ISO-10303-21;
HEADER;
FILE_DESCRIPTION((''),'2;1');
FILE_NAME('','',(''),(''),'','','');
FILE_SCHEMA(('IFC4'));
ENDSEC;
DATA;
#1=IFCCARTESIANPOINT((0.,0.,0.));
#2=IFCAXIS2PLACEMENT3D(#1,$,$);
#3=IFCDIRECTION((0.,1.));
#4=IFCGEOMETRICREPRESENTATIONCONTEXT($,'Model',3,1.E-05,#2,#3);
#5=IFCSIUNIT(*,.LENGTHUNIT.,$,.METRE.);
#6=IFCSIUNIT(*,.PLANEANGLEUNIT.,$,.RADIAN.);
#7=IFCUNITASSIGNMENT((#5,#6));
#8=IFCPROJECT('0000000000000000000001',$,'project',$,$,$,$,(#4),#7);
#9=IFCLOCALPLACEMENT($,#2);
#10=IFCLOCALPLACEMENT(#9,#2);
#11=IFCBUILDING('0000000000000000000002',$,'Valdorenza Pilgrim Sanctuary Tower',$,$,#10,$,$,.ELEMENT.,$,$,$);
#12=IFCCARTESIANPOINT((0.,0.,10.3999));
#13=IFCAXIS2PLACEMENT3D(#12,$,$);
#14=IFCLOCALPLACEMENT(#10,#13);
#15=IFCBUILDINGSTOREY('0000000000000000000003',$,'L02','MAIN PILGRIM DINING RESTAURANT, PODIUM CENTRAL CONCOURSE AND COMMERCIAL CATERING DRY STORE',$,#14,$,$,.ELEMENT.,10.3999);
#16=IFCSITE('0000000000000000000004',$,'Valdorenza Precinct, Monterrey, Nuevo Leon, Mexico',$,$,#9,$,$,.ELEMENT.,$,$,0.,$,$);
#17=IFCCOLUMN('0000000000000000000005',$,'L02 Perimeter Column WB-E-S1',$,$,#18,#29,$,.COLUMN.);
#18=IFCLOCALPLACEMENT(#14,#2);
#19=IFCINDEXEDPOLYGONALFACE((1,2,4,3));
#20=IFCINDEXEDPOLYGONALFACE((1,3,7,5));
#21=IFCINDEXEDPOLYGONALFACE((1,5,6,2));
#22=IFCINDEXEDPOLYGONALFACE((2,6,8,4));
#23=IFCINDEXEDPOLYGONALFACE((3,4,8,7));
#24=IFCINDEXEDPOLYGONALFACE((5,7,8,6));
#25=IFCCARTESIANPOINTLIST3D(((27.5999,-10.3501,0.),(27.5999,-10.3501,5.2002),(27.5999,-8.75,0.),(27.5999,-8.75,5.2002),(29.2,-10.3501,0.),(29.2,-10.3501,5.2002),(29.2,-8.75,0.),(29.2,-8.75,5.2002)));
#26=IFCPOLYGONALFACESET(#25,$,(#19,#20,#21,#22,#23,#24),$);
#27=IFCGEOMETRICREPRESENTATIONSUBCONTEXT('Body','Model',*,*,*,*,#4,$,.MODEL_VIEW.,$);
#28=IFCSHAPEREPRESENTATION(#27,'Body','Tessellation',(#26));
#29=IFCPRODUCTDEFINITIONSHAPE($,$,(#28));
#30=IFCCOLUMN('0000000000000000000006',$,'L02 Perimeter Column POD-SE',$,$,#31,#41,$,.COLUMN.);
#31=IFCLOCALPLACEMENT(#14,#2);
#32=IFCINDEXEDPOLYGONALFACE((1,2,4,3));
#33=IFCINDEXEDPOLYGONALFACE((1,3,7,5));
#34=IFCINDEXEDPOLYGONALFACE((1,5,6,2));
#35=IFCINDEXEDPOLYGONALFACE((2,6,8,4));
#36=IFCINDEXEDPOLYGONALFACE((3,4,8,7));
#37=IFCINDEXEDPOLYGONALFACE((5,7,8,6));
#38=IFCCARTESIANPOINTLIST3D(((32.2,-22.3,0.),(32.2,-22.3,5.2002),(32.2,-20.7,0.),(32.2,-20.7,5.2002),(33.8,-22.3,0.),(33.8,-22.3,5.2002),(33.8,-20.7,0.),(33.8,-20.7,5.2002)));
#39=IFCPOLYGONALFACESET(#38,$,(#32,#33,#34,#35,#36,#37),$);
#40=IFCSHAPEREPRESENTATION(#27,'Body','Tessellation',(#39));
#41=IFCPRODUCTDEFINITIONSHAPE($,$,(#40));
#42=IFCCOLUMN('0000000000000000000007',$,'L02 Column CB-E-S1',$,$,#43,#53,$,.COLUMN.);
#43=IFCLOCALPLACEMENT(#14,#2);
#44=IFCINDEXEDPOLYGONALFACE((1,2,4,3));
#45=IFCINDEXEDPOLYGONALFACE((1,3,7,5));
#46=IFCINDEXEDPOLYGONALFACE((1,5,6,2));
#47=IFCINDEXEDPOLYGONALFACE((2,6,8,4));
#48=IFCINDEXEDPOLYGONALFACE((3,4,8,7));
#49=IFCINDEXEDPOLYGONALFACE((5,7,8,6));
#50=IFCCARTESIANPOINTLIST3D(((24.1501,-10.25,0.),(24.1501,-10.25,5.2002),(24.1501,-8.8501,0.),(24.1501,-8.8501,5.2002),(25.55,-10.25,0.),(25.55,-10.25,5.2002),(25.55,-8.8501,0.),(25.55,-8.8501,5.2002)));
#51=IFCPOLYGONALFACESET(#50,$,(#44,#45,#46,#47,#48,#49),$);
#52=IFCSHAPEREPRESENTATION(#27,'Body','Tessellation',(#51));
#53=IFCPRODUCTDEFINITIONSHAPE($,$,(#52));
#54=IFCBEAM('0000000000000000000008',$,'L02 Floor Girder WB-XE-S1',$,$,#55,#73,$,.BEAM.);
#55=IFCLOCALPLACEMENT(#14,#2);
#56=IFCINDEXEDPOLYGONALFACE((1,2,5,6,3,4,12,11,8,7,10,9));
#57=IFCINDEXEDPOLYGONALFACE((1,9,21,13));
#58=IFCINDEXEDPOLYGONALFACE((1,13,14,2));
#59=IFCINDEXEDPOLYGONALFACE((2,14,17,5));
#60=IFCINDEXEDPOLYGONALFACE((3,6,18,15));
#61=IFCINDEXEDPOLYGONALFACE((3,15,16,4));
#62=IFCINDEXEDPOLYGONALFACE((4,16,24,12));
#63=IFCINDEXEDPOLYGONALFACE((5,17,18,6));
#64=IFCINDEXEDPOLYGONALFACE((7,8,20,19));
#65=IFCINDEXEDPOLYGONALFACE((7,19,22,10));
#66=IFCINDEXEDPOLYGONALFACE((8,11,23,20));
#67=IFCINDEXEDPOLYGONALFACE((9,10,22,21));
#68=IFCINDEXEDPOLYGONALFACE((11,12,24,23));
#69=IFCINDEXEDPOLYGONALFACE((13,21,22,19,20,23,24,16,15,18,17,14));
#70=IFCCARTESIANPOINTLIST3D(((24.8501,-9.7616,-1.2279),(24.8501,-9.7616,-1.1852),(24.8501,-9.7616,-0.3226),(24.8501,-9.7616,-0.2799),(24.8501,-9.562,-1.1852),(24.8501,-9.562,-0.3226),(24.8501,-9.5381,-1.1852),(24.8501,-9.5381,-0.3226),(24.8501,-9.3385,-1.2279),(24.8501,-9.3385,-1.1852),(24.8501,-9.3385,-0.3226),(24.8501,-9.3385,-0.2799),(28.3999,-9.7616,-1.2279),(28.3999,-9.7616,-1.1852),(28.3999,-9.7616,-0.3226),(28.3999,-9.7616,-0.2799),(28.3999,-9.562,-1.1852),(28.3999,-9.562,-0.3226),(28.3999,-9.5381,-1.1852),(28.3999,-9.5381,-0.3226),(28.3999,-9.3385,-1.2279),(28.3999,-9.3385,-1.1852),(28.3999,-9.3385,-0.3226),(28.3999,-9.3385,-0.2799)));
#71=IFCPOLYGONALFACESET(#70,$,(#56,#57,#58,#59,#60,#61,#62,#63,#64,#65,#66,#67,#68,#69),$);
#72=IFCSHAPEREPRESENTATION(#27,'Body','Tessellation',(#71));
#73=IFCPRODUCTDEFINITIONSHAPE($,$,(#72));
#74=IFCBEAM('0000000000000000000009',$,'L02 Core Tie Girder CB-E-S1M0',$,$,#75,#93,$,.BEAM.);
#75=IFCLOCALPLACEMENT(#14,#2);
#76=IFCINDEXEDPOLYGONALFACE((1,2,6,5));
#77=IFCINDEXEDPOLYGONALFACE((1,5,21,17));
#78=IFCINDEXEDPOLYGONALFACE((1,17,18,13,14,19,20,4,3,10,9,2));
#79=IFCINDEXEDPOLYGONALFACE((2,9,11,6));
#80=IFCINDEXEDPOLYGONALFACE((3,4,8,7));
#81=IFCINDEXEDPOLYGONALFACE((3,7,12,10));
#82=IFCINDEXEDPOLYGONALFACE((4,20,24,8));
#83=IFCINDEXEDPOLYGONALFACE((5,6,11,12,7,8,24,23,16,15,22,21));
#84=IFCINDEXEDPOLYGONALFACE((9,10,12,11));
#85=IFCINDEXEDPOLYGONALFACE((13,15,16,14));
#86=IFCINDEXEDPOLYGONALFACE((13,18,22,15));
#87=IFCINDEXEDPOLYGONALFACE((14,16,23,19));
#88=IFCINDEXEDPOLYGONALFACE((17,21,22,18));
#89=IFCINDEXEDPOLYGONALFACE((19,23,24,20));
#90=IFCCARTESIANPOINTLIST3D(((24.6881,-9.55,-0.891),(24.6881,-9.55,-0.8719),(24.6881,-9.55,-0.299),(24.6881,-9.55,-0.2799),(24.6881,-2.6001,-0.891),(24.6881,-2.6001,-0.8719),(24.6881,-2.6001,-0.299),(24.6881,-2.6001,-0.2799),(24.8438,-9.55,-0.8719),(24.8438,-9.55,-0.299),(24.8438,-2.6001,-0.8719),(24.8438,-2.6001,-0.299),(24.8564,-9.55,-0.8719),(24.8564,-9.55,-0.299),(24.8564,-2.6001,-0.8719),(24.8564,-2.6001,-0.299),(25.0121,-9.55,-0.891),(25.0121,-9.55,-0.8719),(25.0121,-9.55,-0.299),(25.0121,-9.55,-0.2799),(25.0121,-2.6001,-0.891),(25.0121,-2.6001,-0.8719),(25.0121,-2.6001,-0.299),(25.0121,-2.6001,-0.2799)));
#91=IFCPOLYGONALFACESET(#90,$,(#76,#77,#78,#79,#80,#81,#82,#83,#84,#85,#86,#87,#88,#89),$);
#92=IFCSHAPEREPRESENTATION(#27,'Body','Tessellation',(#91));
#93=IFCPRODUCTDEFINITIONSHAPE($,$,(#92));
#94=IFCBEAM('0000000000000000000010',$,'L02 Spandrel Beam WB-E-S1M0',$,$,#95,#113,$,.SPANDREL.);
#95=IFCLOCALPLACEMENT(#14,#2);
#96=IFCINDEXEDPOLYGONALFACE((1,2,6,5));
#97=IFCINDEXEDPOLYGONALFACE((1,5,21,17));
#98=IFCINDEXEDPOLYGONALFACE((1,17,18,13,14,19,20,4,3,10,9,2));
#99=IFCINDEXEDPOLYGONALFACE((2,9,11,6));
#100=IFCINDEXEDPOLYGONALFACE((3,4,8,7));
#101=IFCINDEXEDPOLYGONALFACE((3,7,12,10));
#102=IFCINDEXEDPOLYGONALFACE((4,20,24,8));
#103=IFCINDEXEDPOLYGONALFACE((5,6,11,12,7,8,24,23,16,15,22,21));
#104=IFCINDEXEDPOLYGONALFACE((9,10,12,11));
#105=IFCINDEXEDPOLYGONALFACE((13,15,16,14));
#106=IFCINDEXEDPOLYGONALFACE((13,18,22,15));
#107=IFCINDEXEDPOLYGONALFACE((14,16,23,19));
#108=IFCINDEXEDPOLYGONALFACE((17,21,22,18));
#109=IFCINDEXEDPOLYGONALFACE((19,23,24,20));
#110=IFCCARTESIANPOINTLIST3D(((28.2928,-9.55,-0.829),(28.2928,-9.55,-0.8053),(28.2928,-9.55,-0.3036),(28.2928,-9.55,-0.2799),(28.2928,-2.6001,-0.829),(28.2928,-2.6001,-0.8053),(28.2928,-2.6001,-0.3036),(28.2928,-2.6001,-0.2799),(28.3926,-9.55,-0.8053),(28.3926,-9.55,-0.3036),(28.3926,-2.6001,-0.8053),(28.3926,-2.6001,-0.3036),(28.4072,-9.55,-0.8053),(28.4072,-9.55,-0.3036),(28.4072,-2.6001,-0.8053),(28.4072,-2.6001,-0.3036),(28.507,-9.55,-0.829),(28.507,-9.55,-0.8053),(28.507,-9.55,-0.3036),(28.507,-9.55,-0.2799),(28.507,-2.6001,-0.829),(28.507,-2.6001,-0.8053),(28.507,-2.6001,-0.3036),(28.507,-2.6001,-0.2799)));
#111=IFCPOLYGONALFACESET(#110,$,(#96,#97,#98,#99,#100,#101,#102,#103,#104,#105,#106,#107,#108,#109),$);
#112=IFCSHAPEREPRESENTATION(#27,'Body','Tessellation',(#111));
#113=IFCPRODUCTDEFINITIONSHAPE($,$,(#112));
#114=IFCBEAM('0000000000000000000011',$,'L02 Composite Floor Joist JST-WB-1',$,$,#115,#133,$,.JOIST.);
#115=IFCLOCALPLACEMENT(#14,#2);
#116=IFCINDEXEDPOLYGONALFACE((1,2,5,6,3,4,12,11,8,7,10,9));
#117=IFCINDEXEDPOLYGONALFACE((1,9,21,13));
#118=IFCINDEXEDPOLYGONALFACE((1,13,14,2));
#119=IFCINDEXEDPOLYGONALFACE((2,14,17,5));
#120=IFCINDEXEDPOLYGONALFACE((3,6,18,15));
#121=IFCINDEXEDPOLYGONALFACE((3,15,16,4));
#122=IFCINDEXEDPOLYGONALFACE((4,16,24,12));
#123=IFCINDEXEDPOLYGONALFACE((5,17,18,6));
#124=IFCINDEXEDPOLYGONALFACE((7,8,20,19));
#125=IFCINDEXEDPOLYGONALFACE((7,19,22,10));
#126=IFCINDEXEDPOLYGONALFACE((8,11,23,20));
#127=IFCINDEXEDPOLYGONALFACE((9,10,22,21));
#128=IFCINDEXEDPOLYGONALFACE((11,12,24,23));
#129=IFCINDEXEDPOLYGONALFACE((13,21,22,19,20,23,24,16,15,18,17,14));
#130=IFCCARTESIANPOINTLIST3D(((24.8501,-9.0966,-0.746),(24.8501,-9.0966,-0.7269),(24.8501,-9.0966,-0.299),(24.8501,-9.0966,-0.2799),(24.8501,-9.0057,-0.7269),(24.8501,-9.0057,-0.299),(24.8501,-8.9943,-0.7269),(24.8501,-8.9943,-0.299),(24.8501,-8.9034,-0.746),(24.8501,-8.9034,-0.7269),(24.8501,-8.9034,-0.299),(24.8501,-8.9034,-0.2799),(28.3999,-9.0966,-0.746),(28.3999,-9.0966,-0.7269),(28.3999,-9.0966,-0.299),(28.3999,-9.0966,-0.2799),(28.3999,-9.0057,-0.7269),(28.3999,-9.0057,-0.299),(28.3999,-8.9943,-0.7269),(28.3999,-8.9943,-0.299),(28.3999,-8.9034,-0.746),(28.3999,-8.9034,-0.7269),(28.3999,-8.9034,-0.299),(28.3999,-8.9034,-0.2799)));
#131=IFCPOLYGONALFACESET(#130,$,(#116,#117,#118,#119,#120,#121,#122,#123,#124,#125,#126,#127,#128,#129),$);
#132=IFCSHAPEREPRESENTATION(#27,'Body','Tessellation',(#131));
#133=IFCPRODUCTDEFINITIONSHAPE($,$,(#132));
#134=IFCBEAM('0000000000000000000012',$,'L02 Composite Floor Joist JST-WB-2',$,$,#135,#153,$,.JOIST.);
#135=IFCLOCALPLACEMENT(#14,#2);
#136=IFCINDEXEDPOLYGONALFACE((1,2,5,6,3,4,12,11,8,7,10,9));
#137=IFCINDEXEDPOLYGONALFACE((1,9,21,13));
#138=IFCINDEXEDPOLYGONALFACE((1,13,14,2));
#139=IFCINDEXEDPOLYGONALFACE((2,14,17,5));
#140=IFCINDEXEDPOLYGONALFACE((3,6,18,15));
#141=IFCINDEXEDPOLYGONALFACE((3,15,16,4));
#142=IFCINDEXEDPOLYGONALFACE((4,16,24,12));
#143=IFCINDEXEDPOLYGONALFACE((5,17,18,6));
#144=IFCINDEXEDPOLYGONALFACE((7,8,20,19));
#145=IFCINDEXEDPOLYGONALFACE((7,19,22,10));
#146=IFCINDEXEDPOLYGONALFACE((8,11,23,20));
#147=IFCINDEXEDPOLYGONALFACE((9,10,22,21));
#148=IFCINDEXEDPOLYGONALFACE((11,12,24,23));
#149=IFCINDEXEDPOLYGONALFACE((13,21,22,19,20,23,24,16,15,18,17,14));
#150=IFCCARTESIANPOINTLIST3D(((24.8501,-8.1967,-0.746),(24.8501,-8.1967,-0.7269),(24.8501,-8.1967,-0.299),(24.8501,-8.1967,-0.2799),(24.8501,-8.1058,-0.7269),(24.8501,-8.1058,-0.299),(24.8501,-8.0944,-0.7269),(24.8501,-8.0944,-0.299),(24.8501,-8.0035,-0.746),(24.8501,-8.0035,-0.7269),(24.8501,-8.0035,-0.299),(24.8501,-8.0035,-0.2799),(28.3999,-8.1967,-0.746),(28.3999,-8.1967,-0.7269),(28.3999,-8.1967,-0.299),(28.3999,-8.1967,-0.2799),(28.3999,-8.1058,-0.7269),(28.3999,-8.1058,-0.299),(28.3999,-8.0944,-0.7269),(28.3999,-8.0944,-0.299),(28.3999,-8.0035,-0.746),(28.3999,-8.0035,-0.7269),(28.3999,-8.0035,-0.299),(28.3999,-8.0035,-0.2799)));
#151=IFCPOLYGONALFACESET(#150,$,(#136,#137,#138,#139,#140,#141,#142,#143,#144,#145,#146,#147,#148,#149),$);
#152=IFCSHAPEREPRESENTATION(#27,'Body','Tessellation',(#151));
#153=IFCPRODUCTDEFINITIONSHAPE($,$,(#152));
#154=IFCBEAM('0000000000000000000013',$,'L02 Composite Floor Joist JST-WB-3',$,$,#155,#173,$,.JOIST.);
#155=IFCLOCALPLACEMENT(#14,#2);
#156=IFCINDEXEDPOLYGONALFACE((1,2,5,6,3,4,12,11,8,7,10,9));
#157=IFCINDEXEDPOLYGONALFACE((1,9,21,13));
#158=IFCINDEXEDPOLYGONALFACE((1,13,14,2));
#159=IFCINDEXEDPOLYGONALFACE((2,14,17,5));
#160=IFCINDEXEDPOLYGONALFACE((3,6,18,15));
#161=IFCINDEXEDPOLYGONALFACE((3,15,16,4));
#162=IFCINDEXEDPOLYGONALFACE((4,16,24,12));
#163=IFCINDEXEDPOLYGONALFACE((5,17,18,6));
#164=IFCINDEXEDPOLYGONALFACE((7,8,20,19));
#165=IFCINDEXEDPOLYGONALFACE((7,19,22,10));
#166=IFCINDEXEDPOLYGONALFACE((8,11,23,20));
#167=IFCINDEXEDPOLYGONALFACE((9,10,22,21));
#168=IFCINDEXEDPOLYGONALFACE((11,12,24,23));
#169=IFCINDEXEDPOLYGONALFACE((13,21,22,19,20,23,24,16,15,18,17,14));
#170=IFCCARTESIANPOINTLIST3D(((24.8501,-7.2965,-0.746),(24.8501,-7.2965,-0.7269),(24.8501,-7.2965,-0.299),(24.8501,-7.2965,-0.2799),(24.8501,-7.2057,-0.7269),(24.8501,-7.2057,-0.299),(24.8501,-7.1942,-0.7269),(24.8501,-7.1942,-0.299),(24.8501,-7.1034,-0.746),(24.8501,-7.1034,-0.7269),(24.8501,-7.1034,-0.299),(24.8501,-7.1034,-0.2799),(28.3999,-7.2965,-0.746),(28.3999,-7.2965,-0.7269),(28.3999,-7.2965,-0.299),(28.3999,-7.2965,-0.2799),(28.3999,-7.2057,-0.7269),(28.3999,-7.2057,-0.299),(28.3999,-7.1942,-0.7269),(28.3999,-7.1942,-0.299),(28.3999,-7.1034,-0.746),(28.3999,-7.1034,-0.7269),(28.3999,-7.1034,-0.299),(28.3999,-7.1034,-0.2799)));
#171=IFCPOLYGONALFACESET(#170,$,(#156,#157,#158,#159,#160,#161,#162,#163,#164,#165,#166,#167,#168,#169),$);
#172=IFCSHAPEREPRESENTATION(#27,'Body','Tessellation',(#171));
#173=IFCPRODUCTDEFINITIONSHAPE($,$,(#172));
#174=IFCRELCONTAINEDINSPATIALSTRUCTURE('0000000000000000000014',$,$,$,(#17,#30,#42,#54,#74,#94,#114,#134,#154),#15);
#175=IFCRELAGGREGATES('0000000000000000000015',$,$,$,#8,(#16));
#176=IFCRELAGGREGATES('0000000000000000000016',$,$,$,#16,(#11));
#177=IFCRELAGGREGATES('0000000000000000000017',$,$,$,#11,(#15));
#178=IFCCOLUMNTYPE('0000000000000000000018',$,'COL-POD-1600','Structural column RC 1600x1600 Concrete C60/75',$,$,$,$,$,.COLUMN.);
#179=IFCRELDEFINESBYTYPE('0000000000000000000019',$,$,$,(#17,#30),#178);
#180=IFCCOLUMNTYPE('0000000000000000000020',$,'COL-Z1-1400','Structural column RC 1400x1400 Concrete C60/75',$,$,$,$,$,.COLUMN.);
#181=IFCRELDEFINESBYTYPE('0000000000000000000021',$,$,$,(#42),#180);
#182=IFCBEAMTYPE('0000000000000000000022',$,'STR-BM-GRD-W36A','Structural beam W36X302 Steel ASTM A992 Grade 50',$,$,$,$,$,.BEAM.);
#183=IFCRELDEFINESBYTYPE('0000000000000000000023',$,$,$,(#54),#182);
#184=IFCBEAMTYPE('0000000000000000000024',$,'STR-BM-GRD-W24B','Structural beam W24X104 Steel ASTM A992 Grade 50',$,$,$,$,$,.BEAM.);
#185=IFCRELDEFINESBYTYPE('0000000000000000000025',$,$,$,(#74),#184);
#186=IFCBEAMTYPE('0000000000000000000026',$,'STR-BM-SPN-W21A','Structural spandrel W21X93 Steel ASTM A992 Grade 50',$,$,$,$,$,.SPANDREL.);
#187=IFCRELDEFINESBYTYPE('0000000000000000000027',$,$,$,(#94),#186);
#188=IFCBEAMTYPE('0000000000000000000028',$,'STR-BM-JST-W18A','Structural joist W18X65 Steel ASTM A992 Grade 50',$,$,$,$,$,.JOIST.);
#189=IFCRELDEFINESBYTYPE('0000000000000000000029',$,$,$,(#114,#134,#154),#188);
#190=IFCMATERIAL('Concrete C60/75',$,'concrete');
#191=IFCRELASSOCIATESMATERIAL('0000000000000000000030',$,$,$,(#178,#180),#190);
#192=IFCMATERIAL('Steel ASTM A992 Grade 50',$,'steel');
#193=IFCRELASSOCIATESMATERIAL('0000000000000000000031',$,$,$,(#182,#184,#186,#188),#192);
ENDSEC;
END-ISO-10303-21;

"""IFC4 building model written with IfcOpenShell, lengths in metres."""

from ifc_helpers import new_model, si_unit, direction, frame, origin, origin_2d, place, context, subcontext, project, spatial, rectangle, i_section, extrude, source, transform, mapped, material, material_profile, profile_set, type_object, element, save


model = new_model("IFC4")

# Units and contexts
model_context = context("Model", 3, precision=1e-05, world=origin(), true_north=direction((0.0, 1.0)))
body_context = subcontext(model_context, "Body", "Model", "MODEL_VIEW")
ifc_project = project(units=[si_unit("LENGTHUNIT", "METRE"), si_unit("PLANEANGLEUNIT", "RADIAN")], contexts=[model_context])

# Site, building, storey
site_placement = place(None, origin())
site = spatial("IfcSite", under=ifc_project, at=site_placement, Name="Valdorenza Precinct, Monterrey, Nuevo Leon, Mexico", CompositionType="ELEMENT", RefElevation=0.0)
building_placement = place(site_placement, origin())
building = spatial("IfcBuilding", under=site, at=building_placement, Name="Valdorenza Pilgrim Sanctuary Tower", CompositionType="ELEMENT")
storey_placement = place(building_placement, frame((0.0, 0.0, 10.3999)))
storey = spatial("IfcBuildingStorey", under=building, at=storey_placement, Name="L02", Description="MAIN PILGRIM DINING RESTAURANT, PODIUM CENTRAL CONCOURSE AND COMMERCIAL CATERING DRY STORE", CompositionType="ELEMENT", Elevation=10.3999)

# Columns
ifc_material_1 = material(Name="Concrete C60/75", Category="concrete")
ifc_material_profile_1 = material_profile(ifc_material_1, rectangle(XDim=1.6001, YDim=1.6001, at=origin_2d()), Name="RC 1600x1600")
ifc_profile_set_1 = profile_set([ifc_material_profile_1], Name="Concrete C60/75")
column_type_1 = type_object("IfcColumnType", Name="COL-POD-1600", Description="Structural column RC 1600x1600 Concrete C60/75", PredefinedType="COLUMN", material=ifc_profile_set_1)
shared_shape_1 = source(origin(), body_context, "Body", "SweptSolid", [
    extrude(rectangle(XDim=1.6001, YDim=1.6001, at=origin_2d()), origin(), (0.0, 0.0, 1.0), 5.2002),
])
for number, where, z_axis, x_axis, name in (
    (1, (28.3999, -9.55, 0.0), (0.0, 0.0, 1.0), (1.0, 0.0, 0.0), "L02 Perimeter Column WB-E-S1"),
    (2, (33.0, -21.5, 0.0), (0.0, 0.0, 1.0), (1.0, 0.0, 0.0), "L02 Perimeter Column POD-SE"),
):
    element("IfcColumn", number, at=place(storey_placement, frame(where, z_axis=z_axis, x_axis=x_axis)), inside=storey, type_object=column_type_1, Name=name, PredefinedType="COLUMN", context=body_context, shape_type="MappedRepresentation", body=[
        mapped(shared_shape_1, transform((0.0, 0.0, 0.0), x_axis=(1.0, 0.0, 0.0), y_axis=(0.0, 1.0, 0.0), z_axis=(0.0, 0.0, 1.0), scale=1.0)),
    ])
ifc_material_profile_2 = material_profile(ifc_material_1, rectangle(XDim=1.3999, YDim=1.3999, at=origin_2d()), Name="RC 1400x1400")
ifc_profile_set_2 = profile_set([ifc_material_profile_2], Name="Concrete C60/75")
column_type_2 = type_object("IfcColumnType", Name="COL-Z1-1400", Description="Structural column RC 1400x1400 Concrete C60/75", PredefinedType="COLUMN", material=ifc_profile_set_2)
shared_shape_2 = source(origin(), body_context, "Body", "SweptSolid", [
    extrude(rectangle(XDim=1.3999, YDim=1.3999, at=origin_2d()), origin(), (0.0, 0.0, 1.0), 5.2002),
])
column_placement = place(storey_placement, frame((24.8501, -9.55, 0.0), z_axis=(0.0, 0.0, 1.0), x_axis=(1.0, 0.0, 0.0)))
element("IfcColumn", 3, at=column_placement, inside=storey, type_object=column_type_2, Name="L02 Column CB-E-S1", PredefinedType="COLUMN", context=body_context, shape_type="MappedRepresentation", body=[
    mapped(shared_shape_2, transform((0.0, 0.0, 0.0), x_axis=(1.0, 0.0, 0.0), y_axis=(0.0, 1.0, 0.0), z_axis=(0.0, 0.0, 1.0), scale=1.0)),
])

# Beams
ifc_material_2 = material(Name="Steel ASTM A992 Grade 50", Category="steel")
ifc_material_profile_3 = material_profile(ifc_material_2, i_section(OverallWidth=0.4231, OverallDepth=0.948, WebThickness=0.0239, FlangeThickness=0.0427, at=origin_2d()), Name="W36X302")
ifc_profile_set_3 = profile_set([ifc_material_profile_3], Name="Steel ASTM A992 Grade 50")
beam_type_1 = type_object("IfcBeamType", Name="STR-BM-GRD-W36A", Description="Structural beam W36X302 Steel ASTM A992 Grade 50", PredefinedType="BEAM", material=ifc_profile_set_3)
shared_shape_3 = source(origin(), body_context, "Body", "SweptSolid", [
    extrude(i_section(OverallWidth=0.4231, OverallDepth=0.948, WebThickness=0.0239, FlangeThickness=0.0427, at=origin_2d()), origin(), (0.0, 0.0, 1.0), 3.5498),
])
beam_1_placement = place(storey_placement, frame((24.8501, -9.55, -0.7539), z_axis=(1.0, 0.0, 0.0), x_axis=(0.0, 1.0, 0.0)))
element("IfcBeam", 4, at=beam_1_placement, inside=storey, type_object=beam_type_1, Name="L02 Floor Girder WB-XE-S1", PredefinedType="BEAM", context=body_context, shape_type="MappedRepresentation", body=[
    mapped(shared_shape_3, transform((0.0, 0.0, 0.0), x_axis=(1.0, 0.0, 0.0), y_axis=(0.0, 1.0, 0.0), z_axis=(0.0, 0.0, 1.0), scale=1.0)),
])
ifc_material_profile_4 = material_profile(ifc_material_2, i_section(OverallWidth=0.324, OverallDepth=0.6111, WebThickness=0.0127, FlangeThickness=0.019, at=origin_2d()), Name="W24X104")
ifc_profile_set_4 = profile_set([ifc_material_profile_4], Name="Steel ASTM A992 Grade 50")
beam_type_2 = type_object("IfcBeamType", Name="STR-BM-GRD-W24B", Description="Structural beam W24X104 Steel ASTM A992 Grade 50", PredefinedType="BEAM", material=ifc_profile_set_4)
shared_shape_4 = source(origin(), body_context, "Body", "SweptSolid", [
    extrude(i_section(OverallWidth=0.324, OverallDepth=0.6111, WebThickness=0.0127, FlangeThickness=0.019, at=origin_2d()), origin(), (0.0, 0.0, 1.0), 6.95),
])
beam_2_placement = place(storey_placement, frame((24.8501, -9.55, -0.5854), z_axis=(0.0, 1.0, 0.0), x_axis=(-1.0, 0.0, 0.0)))
element("IfcBeam", 5, at=beam_2_placement, inside=storey, type_object=beam_type_2, Name="L02 Core Tie Girder CB-E-S1M0", PredefinedType="BEAM", context=body_context, shape_type="MappedRepresentation", body=[
    mapped(shared_shape_4, transform((0.0, 0.0, 0.0), x_axis=(1.0, 0.0, 0.0), y_axis=(0.0, 1.0, 0.0), z_axis=(0.0, 0.0, 1.0), scale=1.0)),
])
ifc_material_profile_5 = material_profile(ifc_material_2, i_section(OverallWidth=0.2141, OverallDepth=0.5491, WebThickness=0.0146, FlangeThickness=0.0237, at=origin_2d()), Name="W21X93")
ifc_profile_set_5 = profile_set([ifc_material_profile_5], Name="Steel ASTM A992 Grade 50")
beam_type_3 = type_object("IfcBeamType", Name="STR-BM-SPN-W21A", Description="Structural spandrel W21X93 Steel ASTM A992 Grade 50", PredefinedType="SPANDREL", material=ifc_profile_set_5)
shared_shape_5 = source(origin(), body_context, "Body", "SweptSolid", [
    extrude(i_section(OverallWidth=0.2141, OverallDepth=0.5491, WebThickness=0.0146, FlangeThickness=0.0237, at=origin_2d()), origin(), (0.0, 0.0, 1.0), 6.95),
])
beam_3_placement = place(storey_placement, frame((28.3999, -9.55, -0.5544), z_axis=(0.0, 1.0, 0.0), x_axis=(-1.0, 0.0, 0.0)))
element("IfcBeam", 6, at=beam_3_placement, inside=storey, type_object=beam_type_3, Name="L02 Spandrel Beam WB-E-S1M0", PredefinedType="SPANDREL", context=body_context, shape_type="MappedRepresentation", body=[
    mapped(shared_shape_5, transform((0.0, 0.0, 0.0), x_axis=(1.0, 0.0, 0.0), y_axis=(0.0, 1.0, 0.0), z_axis=(0.0, 0.0, 1.0), scale=1.0)),
])
ifc_material_profile_6 = material_profile(ifc_material_2, i_section(OverallWidth=0.1931, OverallDepth=0.4661, WebThickness=0.0115, FlangeThickness=0.019, at=origin_2d()), Name="W18X65")
ifc_profile_set_6 = profile_set([ifc_material_profile_6], Name="Steel ASTM A992 Grade 50")
beam_type_4 = type_object("IfcBeamType", Name="STR-BM-JST-W18A", Description="Structural joist W18X65 Steel ASTM A992 Grade 50", PredefinedType="JOIST", material=ifc_profile_set_6)
shared_shape_6 = source(origin(), body_context, "Body", "SweptSolid", [
    extrude(i_section(OverallWidth=0.1931, OverallDepth=0.4661, WebThickness=0.0115, FlangeThickness=0.019, at=origin_2d()), origin(), (0.0, 0.0, 1.0), 3.5498),
])
for number, where, z_axis, x_axis, name in (
    (7, (24.8501, -9.0, -0.5129), (1.0, 0.0, 0.0), (0.0, 1.0, 0.0), "L02 Composite Floor Joist JST-WB-1"),
    (8, (24.8501, -8.1001, -0.5129), (1.0, 0.0, 0.0), (0.0, 1.0, 0.0), "L02 Composite Floor Joist JST-WB-2"),
    (9, (24.8501, -7.2, -0.5129), (1.0, 0.0, 0.0), (0.0, 1.0, 0.0), "L02 Composite Floor Joist JST-WB-3"),
):
    element("IfcBeam", number, at=place(storey_placement, frame(where, z_axis=z_axis, x_axis=x_axis)), inside=storey, type_object=beam_type_4, Name=name, PredefinedType="JOIST", context=body_context, shape_type="MappedRepresentation", body=[
        mapped(shared_shape_6, transform((0.0, 0.0, 0.0), x_axis=(1.0, 0.0, 0.0), y_axis=(0.0, 1.0, 0.0), z_axis=(0.0, 0.0, 1.0), scale=1.0)),
    ])

save(model, "model.ifc")
